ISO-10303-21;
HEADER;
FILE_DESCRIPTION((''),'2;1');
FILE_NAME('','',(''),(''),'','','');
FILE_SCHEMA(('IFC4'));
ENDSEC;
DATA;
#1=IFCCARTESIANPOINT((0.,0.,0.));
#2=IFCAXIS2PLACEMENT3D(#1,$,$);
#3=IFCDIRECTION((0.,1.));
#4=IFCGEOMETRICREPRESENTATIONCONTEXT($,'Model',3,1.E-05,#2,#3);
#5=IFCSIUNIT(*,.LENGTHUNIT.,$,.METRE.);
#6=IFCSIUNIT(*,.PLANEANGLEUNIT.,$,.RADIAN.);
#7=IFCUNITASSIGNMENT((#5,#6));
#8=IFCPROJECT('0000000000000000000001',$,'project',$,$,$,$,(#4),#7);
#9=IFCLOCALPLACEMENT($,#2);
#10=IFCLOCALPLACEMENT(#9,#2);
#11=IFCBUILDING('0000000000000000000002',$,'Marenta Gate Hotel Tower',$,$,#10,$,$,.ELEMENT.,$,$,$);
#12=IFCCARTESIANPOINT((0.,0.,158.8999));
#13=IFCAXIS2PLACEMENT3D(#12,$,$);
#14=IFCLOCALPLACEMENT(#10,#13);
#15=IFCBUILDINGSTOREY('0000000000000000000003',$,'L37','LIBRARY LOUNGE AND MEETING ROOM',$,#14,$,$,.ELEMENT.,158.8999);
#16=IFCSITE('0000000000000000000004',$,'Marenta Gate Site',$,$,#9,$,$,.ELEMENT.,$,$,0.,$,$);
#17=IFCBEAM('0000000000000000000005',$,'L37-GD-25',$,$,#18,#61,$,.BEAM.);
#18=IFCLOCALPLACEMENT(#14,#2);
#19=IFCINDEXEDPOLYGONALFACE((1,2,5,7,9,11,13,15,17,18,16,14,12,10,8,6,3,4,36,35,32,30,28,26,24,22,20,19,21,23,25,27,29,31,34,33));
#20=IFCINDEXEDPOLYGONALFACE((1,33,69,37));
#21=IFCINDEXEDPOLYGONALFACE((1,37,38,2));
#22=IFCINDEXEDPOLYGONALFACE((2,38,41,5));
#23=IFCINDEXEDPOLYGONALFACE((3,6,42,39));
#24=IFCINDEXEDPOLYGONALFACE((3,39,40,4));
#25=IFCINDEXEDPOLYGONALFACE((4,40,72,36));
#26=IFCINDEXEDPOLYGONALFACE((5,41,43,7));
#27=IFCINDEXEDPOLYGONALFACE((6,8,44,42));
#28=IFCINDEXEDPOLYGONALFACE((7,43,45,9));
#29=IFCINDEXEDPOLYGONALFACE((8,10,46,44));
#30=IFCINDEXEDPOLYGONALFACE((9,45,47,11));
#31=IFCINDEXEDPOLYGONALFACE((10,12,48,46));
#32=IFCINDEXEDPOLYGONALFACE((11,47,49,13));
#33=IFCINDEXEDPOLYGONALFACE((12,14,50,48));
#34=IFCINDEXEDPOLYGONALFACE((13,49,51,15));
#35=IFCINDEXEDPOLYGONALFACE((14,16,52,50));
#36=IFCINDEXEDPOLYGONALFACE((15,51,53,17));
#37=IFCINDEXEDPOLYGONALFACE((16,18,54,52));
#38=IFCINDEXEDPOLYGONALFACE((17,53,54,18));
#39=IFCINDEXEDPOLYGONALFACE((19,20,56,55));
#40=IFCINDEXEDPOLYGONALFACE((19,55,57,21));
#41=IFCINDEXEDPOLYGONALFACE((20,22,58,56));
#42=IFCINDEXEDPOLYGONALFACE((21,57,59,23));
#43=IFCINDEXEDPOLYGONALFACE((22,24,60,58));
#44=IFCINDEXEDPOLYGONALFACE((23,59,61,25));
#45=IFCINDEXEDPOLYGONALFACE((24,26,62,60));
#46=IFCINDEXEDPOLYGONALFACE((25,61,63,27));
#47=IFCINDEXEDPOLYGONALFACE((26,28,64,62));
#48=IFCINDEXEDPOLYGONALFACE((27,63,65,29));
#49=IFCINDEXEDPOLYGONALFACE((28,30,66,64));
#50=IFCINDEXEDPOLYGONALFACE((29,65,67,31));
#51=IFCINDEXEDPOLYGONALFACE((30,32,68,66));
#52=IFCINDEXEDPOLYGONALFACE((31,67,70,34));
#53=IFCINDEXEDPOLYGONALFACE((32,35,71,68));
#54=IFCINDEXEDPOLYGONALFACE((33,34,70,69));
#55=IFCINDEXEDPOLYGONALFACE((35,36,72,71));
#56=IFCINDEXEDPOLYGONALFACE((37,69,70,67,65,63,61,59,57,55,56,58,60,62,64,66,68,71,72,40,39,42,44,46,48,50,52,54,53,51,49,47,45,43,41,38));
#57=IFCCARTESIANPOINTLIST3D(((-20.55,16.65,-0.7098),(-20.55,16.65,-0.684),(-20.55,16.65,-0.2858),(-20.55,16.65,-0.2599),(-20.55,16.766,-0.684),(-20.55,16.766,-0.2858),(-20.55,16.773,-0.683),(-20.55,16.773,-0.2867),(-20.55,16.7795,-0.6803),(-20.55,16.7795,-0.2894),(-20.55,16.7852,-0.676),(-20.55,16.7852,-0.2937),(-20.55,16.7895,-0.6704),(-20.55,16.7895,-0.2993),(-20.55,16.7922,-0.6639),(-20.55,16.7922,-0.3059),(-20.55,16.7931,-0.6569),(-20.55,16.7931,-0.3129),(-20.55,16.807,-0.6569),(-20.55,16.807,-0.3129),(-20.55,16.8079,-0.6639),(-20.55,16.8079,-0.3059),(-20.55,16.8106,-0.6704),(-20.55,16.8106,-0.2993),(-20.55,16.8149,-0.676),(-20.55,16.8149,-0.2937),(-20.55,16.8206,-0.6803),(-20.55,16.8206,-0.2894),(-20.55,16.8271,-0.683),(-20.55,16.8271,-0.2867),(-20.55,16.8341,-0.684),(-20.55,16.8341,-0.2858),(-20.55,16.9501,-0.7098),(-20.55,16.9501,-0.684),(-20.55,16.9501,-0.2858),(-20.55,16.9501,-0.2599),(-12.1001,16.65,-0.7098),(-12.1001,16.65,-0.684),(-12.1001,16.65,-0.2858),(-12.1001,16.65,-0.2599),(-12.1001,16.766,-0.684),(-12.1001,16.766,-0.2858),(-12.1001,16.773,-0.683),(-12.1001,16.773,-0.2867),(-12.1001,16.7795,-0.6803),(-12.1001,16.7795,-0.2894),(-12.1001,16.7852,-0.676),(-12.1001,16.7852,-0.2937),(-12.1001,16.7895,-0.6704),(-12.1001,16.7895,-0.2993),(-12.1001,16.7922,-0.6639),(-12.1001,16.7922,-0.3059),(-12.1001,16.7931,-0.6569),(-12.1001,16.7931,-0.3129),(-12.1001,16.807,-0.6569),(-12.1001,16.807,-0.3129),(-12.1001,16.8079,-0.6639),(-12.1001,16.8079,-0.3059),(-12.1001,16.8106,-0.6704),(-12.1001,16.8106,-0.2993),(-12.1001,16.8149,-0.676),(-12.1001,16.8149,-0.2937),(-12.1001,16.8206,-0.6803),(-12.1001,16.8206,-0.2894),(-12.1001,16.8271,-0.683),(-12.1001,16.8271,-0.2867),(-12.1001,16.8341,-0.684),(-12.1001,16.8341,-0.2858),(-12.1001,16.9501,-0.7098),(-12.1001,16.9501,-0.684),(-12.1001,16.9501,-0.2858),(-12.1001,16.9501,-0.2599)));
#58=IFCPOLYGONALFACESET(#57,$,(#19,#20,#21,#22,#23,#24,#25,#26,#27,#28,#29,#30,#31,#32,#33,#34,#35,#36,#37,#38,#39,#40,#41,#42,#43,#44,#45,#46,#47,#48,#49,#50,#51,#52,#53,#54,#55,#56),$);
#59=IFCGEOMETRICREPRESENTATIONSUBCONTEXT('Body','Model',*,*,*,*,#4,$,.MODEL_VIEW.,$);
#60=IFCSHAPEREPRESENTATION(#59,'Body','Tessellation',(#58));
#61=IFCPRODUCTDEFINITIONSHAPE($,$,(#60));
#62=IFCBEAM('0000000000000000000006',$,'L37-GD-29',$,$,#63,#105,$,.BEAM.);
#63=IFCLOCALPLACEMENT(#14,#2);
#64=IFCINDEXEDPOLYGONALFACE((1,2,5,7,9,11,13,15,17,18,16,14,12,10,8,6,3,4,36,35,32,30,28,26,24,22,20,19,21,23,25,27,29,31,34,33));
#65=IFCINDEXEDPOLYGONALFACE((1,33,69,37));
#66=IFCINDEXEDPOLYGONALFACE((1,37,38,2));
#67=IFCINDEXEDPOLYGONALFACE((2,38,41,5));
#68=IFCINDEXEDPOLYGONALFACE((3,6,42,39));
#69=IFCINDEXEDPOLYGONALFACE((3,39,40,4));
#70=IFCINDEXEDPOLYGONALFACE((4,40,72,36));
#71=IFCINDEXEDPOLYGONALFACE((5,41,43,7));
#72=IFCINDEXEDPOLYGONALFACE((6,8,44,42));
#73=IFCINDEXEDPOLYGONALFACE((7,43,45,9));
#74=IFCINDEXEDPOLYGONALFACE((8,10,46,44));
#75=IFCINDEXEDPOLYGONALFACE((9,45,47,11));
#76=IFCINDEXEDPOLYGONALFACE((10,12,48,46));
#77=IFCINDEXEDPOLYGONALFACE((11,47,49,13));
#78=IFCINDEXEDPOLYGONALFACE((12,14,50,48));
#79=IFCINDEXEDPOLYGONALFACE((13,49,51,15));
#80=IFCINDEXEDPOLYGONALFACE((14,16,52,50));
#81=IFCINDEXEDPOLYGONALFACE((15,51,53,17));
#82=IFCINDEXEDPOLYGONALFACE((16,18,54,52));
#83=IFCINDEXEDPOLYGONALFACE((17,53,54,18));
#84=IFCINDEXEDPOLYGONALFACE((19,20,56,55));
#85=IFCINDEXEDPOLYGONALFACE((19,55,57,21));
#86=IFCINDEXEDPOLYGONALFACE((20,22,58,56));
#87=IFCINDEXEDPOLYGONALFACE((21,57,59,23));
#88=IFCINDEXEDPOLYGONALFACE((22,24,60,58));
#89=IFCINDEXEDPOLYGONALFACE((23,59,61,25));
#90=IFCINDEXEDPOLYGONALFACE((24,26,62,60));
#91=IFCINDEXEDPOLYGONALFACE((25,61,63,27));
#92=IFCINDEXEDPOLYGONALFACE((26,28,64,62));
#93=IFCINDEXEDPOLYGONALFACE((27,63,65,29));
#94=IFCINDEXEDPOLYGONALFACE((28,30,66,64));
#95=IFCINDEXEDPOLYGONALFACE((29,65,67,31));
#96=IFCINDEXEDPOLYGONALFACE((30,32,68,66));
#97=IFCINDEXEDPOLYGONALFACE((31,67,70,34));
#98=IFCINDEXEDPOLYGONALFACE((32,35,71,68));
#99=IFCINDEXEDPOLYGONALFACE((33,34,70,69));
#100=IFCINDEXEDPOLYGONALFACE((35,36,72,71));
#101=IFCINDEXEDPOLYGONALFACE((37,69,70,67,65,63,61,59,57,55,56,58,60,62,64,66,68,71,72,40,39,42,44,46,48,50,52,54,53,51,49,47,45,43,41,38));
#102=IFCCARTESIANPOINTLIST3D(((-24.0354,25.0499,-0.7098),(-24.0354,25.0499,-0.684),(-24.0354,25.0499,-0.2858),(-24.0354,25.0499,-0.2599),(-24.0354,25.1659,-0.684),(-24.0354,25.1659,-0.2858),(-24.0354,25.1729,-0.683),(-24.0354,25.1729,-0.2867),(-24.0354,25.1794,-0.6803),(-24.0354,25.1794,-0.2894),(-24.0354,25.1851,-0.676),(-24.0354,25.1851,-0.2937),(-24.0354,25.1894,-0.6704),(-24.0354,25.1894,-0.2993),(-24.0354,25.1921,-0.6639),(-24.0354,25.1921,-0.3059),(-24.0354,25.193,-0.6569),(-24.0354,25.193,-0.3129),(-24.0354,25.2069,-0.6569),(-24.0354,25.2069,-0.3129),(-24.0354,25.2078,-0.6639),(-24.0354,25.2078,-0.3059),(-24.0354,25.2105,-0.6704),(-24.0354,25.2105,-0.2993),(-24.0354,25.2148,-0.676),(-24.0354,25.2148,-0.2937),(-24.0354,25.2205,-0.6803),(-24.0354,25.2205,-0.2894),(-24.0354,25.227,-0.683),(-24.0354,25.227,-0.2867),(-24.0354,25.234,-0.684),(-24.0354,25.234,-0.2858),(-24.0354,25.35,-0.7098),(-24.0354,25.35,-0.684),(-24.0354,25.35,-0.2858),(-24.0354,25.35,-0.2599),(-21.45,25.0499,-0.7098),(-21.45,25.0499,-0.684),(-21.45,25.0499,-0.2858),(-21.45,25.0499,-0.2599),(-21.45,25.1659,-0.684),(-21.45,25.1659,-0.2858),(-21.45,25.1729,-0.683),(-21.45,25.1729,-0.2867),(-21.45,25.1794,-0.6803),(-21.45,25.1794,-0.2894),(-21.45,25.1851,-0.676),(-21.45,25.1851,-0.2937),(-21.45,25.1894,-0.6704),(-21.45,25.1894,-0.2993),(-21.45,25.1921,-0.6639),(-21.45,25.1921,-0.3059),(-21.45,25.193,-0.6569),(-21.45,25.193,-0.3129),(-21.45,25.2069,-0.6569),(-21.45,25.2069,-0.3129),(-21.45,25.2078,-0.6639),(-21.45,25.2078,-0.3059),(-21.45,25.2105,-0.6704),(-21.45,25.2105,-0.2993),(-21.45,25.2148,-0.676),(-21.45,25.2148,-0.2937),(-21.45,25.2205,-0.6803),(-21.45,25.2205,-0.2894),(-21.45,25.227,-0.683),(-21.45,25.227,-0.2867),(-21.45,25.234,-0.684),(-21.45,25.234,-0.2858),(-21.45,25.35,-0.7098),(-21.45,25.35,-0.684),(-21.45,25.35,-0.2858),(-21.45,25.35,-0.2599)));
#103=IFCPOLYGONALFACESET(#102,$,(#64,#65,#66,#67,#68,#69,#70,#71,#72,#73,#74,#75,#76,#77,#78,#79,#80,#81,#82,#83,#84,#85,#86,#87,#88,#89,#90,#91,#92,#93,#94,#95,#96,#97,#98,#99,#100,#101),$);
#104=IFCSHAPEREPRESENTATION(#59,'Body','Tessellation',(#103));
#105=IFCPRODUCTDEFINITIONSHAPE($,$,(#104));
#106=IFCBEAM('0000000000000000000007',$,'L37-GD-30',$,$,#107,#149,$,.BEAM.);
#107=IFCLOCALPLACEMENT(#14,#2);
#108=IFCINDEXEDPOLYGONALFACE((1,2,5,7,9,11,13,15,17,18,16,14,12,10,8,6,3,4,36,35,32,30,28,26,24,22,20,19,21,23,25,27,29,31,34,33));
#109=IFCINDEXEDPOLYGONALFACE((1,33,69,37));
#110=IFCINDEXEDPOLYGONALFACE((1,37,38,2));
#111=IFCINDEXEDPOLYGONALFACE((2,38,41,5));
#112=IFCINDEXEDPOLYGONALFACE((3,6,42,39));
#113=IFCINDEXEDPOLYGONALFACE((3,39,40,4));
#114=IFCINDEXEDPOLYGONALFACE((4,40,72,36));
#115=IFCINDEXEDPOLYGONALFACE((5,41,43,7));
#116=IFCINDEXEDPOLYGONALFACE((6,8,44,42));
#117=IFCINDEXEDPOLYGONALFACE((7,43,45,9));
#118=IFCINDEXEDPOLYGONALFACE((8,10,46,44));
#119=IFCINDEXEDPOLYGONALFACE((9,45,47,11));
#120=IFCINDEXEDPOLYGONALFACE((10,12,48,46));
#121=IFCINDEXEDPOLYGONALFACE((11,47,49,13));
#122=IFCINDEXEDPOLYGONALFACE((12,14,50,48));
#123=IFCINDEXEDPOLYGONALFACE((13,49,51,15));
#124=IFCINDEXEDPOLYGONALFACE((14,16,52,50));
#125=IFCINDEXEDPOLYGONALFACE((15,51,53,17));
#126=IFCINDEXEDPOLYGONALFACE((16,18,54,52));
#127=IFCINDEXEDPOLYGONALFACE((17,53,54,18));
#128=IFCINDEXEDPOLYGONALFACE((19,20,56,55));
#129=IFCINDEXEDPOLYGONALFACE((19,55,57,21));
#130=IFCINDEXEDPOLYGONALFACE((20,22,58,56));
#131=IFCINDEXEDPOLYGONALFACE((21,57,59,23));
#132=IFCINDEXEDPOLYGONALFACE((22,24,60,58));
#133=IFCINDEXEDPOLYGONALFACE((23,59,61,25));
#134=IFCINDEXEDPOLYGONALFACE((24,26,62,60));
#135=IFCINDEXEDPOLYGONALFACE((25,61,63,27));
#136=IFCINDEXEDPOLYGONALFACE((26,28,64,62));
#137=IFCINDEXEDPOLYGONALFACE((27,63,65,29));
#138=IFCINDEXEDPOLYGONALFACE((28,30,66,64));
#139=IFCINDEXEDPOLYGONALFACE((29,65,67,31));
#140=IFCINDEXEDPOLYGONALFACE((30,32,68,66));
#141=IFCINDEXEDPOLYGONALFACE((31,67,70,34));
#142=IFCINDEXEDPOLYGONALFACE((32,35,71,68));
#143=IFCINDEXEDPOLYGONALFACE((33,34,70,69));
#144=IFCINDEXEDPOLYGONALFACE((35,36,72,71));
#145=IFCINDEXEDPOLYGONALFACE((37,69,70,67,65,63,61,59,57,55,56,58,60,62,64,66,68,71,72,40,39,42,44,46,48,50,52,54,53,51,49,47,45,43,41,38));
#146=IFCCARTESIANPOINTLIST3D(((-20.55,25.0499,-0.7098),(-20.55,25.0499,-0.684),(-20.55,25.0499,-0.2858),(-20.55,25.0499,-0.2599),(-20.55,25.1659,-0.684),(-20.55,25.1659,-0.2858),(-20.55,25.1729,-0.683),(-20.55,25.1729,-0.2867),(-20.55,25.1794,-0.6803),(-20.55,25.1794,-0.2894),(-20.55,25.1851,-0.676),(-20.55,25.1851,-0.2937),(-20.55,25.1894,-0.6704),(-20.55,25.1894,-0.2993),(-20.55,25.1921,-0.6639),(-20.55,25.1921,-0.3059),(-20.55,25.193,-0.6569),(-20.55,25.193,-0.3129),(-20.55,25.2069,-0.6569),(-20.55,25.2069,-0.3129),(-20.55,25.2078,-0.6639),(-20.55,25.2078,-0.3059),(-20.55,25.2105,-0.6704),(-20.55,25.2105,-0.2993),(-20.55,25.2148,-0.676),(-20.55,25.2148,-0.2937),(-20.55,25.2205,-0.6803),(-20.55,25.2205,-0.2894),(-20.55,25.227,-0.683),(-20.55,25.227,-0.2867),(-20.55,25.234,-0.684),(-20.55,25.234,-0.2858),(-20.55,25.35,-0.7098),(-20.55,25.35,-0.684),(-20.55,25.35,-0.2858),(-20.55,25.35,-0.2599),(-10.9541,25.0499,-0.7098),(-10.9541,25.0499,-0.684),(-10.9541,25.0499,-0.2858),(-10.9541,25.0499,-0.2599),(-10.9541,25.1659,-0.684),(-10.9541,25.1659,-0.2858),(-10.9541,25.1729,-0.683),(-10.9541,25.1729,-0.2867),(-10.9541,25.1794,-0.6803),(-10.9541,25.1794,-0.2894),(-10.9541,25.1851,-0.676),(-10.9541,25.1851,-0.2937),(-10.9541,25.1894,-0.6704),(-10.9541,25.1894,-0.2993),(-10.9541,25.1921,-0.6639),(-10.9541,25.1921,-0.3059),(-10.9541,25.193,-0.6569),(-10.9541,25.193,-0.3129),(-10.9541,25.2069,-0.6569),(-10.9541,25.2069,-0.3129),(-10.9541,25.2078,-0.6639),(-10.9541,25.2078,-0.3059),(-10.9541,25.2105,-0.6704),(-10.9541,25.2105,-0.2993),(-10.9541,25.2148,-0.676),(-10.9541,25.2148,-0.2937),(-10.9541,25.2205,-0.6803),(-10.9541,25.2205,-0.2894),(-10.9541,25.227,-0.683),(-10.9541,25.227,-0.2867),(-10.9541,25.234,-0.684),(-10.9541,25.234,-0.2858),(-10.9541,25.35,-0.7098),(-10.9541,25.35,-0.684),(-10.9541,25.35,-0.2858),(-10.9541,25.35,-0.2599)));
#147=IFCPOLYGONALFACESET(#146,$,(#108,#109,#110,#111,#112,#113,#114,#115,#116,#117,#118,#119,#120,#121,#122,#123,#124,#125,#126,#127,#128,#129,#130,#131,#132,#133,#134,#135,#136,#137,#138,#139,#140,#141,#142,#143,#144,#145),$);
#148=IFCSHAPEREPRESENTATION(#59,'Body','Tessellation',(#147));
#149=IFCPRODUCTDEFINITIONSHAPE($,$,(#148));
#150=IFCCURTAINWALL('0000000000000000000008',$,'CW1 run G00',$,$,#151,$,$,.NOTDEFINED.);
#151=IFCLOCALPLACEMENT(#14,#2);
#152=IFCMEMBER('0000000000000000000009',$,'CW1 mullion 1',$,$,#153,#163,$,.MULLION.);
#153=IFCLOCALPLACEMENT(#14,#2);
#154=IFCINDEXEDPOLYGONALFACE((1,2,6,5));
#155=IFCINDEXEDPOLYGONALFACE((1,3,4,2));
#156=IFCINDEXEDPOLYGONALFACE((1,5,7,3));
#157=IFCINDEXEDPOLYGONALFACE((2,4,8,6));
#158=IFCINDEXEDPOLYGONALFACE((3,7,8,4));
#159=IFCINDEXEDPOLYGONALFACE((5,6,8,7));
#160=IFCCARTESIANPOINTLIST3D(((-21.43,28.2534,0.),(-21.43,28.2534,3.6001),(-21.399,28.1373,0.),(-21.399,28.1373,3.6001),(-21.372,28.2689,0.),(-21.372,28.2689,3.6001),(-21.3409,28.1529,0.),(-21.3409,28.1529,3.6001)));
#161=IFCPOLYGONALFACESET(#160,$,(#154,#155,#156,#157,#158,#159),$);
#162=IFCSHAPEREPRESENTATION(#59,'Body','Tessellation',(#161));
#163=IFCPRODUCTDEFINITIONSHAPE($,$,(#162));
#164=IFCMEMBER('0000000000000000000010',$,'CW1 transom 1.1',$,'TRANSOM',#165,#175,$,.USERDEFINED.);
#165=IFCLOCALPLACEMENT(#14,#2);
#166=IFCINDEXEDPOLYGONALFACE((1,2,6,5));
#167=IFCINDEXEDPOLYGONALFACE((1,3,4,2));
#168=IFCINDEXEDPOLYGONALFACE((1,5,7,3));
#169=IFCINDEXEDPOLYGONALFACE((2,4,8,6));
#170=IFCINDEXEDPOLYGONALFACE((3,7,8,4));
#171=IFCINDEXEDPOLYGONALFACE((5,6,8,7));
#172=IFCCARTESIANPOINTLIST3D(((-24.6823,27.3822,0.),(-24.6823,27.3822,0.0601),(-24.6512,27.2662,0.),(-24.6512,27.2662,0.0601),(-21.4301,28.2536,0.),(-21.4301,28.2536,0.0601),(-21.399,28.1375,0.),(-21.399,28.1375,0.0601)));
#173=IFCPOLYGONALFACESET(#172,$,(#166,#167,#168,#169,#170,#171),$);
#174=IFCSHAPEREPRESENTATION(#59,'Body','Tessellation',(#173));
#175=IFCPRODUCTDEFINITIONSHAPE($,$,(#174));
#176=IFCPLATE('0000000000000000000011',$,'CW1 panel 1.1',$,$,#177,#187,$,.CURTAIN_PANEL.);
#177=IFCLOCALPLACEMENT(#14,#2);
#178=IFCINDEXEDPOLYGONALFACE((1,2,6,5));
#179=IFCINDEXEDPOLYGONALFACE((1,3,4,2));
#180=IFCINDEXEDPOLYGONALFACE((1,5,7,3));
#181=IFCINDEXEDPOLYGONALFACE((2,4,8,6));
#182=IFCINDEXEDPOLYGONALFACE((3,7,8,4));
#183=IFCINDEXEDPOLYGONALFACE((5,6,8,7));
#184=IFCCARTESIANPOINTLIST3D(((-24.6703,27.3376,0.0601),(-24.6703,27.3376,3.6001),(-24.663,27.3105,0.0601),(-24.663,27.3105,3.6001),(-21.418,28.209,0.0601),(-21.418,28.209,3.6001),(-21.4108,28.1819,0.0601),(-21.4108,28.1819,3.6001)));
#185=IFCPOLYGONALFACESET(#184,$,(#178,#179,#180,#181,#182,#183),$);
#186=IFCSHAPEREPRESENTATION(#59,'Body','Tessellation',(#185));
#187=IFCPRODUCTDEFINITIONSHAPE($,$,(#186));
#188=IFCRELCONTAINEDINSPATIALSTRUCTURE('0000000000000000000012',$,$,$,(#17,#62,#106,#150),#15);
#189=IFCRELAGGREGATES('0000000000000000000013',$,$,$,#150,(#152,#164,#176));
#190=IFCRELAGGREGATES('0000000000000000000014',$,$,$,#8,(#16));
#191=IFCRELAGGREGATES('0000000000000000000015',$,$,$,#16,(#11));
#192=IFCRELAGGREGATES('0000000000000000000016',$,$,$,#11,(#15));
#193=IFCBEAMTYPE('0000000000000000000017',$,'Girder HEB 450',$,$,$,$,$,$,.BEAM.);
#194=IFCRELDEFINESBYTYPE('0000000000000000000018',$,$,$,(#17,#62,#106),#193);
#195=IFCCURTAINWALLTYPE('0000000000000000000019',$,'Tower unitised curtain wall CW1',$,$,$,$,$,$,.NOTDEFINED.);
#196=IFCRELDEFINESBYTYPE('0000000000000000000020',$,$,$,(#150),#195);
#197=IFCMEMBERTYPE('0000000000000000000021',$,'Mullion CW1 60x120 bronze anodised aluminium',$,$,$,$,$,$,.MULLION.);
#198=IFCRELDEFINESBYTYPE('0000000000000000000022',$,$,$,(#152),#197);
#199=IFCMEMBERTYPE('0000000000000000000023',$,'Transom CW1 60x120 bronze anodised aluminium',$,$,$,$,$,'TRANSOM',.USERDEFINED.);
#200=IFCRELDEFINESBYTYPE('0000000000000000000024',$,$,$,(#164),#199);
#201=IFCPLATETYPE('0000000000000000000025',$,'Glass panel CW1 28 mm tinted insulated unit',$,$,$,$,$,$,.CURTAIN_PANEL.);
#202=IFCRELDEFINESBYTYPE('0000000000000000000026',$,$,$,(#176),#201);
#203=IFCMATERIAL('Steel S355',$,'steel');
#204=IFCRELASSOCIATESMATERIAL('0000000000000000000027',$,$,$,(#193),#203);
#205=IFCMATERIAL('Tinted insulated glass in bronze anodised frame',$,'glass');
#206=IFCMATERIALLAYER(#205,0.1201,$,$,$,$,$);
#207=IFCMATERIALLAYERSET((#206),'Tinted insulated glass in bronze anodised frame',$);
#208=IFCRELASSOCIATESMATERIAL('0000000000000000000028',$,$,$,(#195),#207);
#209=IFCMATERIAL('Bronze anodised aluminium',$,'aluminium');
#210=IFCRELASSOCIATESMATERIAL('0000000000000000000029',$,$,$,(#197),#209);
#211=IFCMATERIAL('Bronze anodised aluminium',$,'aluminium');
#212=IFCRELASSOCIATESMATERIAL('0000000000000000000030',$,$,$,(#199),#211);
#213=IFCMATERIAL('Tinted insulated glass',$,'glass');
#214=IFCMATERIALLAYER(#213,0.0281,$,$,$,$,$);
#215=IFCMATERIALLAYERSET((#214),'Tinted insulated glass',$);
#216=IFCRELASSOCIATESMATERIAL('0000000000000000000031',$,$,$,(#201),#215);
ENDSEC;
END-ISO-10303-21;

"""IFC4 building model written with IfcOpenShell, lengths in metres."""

from ifc_helpers import new_model, si_unit, direction, frame, origin, origin_2d, place, context, subcontext, project, spatial, rectangle, i_section, extrude, material, layer, layer_set, material_profile, profile_set, type_object, element, aggregate, save


model = new_model("IFC4")

# Units and contexts
model_context = context("Model", 3, precision=1e-05, world=origin(), true_north=direction((0.0, 1.0)))
body_context = subcontext(model_context, "Body", "Model", "MODEL_VIEW")
ifc_project = project(units=[si_unit("LENGTHUNIT", "METRE"), si_unit("PLANEANGLEUNIT", "RADIAN")], contexts=[model_context])

# Site, building, storey
site_placement = place(None, origin())
site = spatial("IfcSite", under=ifc_project, at=site_placement, Name="Marenta Gate Site", CompositionType="ELEMENT", RefElevation=0.0)
building_placement = place(site_placement, origin())
building = spatial("IfcBuilding", under=site, at=building_placement, Name="Marenta Gate Hotel Tower", CompositionType="ELEMENT")
storey_placement = place(building_placement, frame((0.0, 0.0, 158.8999)))
storey = spatial("IfcBuildingStorey", under=building, at=storey_placement, Name="L37", Description="LIBRARY LOUNGE AND MEETING ROOM", CompositionType="ELEMENT", Elevation=158.8999)

# Beams
ifc_material_1 = material(Name="Steel S355", Category="steel")
ifc_material_profile_1 = material_profile(ifc_material_1, i_section(OverallWidth=0.3, OverallDepth=0.45, WebThickness=0.0139, FlangeThickness=0.0259, FilletRadius=0.0271, at=origin_2d()), Name="HEB 450")
ifc_profile_set_1 = profile_set([ifc_material_profile_1], Name="Steel S355")
beam_type_1 = type_object("IfcBeamType", Name="Girder HEB 450", PredefinedType="BEAM", material=ifc_profile_set_1)
beam_1_placement = place(storey_placement, frame((-20.55, 16.8, -0.4849), z_axis=(1.0, 0.0, 0.0), x_axis=(0.0, 1.0, 0.0)))
element("IfcBeam", 1, at=beam_1_placement, inside=storey, type_object=beam_type_1, Name="L37-GD-25", PredefinedType="BEAM", context=body_context, shape_type="SweptSolid", body=[
    extrude(i_section(OverallWidth=0.3, OverallDepth=0.45, WebThickness=0.0139, FlangeThickness=0.0259, FilletRadius=0.0271, at=origin_2d()), origin(), (0.0, 0.0, 1.0), 8.45),
])
beam_2_placement = place(storey_placement, frame((-24.0354, 25.2, -0.4849), z_axis=(1.0, 0.0, 0.0), x_axis=(0.0, 1.0, 0.0)))
element("IfcBeam", 2, at=beam_2_placement, inside=storey, type_object=beam_type_1, Name="L37-GD-29", PredefinedType="BEAM", context=body_context, shape_type="SweptSolid", body=[
    extrude(i_section(OverallWidth=0.3, OverallDepth=0.45, WebThickness=0.0139, FlangeThickness=0.0259, FilletRadius=0.0271, at=origin_2d()), origin(), (0.0, 0.0, 1.0), 2.5854),
])
beam_3_placement = place(storey_placement, frame((-20.55, 25.2, -0.4849), z_axis=(1.0, 0.0, 0.0), x_axis=(0.0, 1.0, 0.0)))
element("IfcBeam", 3, at=beam_3_placement, inside=storey, type_object=beam_type_1, Name="L37-GD-30", PredefinedType="BEAM", context=body_context, shape_type="SweptSolid", body=[
    extrude(i_section(OverallWidth=0.3, OverallDepth=0.45, WebThickness=0.0139, FlangeThickness=0.0259, FilletRadius=0.0271, at=origin_2d()), origin(), (0.0, 0.0, 1.0), 9.5959),
])

# Curtain wall, members, plate
ifc_material_2 = material(Name="Tinted insulated glass in bronze anodised frame", Category="glass")
ifc_layer_1 = layer(ifc_material_2, 0.1201)
ifc_layer_set_1 = layer_set([ifc_layer_1], Name="Tinted insulated glass in bronze anodised frame")
curtain_wall_type = type_object("IfcCurtainWallType", Name="Tower unitised curtain wall CW1", PredefinedType="NOTDEFINED", material=ifc_layer_set_1)
curtain_wall_placement = place(storey_placement, origin())
curtain_wall = element("IfcCurtainWall", 4, at=curtain_wall_placement, inside=storey, type_object=curtain_wall_type, Name="CW1 run G00", PredefinedType="NOTDEFINED")
ifc_material_3 = material(Name="Bronze anodised aluminium", Category="aluminium")
ifc_material_profile_2 = material_profile(ifc_material_3, rectangle(XDim=0.1201, YDim=0.0601, at=origin_2d()), Name="Mullion CW1 60x120 bronze anodised aluminium")
ifc_profile_set_2 = profile_set([ifc_material_profile_2], Name="Bronze anodised aluminium")
member_type_1 = type_object("IfcMemberType", Name="Mullion CW1 60x120 bronze anodised aluminium", PredefinedType="MULLION", material=ifc_profile_set_2)
member_1_placement = place(storey_placement, frame((-21.3855, 28.2031, 0.0), z_axis=(0.0, 0.0, 1.0), x_axis=(0.258801, -0.965931, 0.0)))
member_1 = element("IfcMember", 5, at=member_1_placement, type_object=member_type_1, Name="CW1 mullion 1", PredefinedType="MULLION", context=body_context, shape_type="SweptSolid", body=[
    extrude(rectangle(XDim=0.1201, YDim=0.0601, at=origin_2d()), origin(), (0.0, 0.0, 1.0), 3.6001),
])
ifc_material_4 = material(Name="Bronze anodised aluminium", Category="aluminium")
ifc_material_profile_3 = material_profile(ifc_material_4, rectangle(XDim=0.1201, YDim=0.0601, at=origin_2d()), Name="Transom CW1 60x120 bronze anodised aluminium")
ifc_profile_set_3 = profile_set([ifc_material_profile_3], Name="Bronze anodised aluminium")
member_type_2 = type_object("IfcMemberType", Name="Transom CW1 60x120 bronze anodised aluminium", ElementType="TRANSOM", PredefinedType="USERDEFINED", material=ifc_profile_set_3)
member_2_placement = place(storey_placement, frame((-21.4146, 28.1956, 0.03), z_axis=(-0.965932, -0.258795, 0.0), x_axis=(0.258795, -0.965932, 0.0)))
member_2 = element("IfcMember", 6, at=member_2_placement, type_object=member_type_2, Name="CW1 transom 1.1", ObjectType="TRANSOM", PredefinedType="USERDEFINED", context=body_context, shape_type="SweptSolid", body=[
    extrude(rectangle(XDim=0.1201, YDim=0.0601, at=origin_2d()), origin(), (0.0, 0.0, 1.0), 3.3669),
])
ifc_material_5 = material(Name="Tinted insulated glass", Category="glass")
ifc_layer_2 = layer(ifc_material_5, 0.0281)
ifc_layer_set_2 = layer_set([ifc_layer_2], Name="Tinted insulated glass")
plate_type = type_object("IfcPlateType", Name="Glass panel CW1 28 mm tinted insulated unit", PredefinedType="CURTAIN_PANEL", material=ifc_layer_set_2)
plate_placement = place(storey_placement, frame((-23.0405, 27.7598, 0.0601), z_axis=(0.0, 0.0, 1.0), x_axis=(-0.965931, -0.258801, 0.0)))
plate = element("IfcPlate", 7, at=plate_placement, type_object=plate_type, Name="CW1 panel 1.1", PredefinedType="CURTAIN_PANEL", context=body_context, shape_type="SweptSolid", body=[
    extrude(rectangle(XDim=3.3669, YDim=0.0281, at=origin_2d()), origin(), (0.0, 0.0, 1.0), 3.54),
])
aggregate(curtain_wall, [member_1, member_2, plate])

save(model, "model.ifc")
